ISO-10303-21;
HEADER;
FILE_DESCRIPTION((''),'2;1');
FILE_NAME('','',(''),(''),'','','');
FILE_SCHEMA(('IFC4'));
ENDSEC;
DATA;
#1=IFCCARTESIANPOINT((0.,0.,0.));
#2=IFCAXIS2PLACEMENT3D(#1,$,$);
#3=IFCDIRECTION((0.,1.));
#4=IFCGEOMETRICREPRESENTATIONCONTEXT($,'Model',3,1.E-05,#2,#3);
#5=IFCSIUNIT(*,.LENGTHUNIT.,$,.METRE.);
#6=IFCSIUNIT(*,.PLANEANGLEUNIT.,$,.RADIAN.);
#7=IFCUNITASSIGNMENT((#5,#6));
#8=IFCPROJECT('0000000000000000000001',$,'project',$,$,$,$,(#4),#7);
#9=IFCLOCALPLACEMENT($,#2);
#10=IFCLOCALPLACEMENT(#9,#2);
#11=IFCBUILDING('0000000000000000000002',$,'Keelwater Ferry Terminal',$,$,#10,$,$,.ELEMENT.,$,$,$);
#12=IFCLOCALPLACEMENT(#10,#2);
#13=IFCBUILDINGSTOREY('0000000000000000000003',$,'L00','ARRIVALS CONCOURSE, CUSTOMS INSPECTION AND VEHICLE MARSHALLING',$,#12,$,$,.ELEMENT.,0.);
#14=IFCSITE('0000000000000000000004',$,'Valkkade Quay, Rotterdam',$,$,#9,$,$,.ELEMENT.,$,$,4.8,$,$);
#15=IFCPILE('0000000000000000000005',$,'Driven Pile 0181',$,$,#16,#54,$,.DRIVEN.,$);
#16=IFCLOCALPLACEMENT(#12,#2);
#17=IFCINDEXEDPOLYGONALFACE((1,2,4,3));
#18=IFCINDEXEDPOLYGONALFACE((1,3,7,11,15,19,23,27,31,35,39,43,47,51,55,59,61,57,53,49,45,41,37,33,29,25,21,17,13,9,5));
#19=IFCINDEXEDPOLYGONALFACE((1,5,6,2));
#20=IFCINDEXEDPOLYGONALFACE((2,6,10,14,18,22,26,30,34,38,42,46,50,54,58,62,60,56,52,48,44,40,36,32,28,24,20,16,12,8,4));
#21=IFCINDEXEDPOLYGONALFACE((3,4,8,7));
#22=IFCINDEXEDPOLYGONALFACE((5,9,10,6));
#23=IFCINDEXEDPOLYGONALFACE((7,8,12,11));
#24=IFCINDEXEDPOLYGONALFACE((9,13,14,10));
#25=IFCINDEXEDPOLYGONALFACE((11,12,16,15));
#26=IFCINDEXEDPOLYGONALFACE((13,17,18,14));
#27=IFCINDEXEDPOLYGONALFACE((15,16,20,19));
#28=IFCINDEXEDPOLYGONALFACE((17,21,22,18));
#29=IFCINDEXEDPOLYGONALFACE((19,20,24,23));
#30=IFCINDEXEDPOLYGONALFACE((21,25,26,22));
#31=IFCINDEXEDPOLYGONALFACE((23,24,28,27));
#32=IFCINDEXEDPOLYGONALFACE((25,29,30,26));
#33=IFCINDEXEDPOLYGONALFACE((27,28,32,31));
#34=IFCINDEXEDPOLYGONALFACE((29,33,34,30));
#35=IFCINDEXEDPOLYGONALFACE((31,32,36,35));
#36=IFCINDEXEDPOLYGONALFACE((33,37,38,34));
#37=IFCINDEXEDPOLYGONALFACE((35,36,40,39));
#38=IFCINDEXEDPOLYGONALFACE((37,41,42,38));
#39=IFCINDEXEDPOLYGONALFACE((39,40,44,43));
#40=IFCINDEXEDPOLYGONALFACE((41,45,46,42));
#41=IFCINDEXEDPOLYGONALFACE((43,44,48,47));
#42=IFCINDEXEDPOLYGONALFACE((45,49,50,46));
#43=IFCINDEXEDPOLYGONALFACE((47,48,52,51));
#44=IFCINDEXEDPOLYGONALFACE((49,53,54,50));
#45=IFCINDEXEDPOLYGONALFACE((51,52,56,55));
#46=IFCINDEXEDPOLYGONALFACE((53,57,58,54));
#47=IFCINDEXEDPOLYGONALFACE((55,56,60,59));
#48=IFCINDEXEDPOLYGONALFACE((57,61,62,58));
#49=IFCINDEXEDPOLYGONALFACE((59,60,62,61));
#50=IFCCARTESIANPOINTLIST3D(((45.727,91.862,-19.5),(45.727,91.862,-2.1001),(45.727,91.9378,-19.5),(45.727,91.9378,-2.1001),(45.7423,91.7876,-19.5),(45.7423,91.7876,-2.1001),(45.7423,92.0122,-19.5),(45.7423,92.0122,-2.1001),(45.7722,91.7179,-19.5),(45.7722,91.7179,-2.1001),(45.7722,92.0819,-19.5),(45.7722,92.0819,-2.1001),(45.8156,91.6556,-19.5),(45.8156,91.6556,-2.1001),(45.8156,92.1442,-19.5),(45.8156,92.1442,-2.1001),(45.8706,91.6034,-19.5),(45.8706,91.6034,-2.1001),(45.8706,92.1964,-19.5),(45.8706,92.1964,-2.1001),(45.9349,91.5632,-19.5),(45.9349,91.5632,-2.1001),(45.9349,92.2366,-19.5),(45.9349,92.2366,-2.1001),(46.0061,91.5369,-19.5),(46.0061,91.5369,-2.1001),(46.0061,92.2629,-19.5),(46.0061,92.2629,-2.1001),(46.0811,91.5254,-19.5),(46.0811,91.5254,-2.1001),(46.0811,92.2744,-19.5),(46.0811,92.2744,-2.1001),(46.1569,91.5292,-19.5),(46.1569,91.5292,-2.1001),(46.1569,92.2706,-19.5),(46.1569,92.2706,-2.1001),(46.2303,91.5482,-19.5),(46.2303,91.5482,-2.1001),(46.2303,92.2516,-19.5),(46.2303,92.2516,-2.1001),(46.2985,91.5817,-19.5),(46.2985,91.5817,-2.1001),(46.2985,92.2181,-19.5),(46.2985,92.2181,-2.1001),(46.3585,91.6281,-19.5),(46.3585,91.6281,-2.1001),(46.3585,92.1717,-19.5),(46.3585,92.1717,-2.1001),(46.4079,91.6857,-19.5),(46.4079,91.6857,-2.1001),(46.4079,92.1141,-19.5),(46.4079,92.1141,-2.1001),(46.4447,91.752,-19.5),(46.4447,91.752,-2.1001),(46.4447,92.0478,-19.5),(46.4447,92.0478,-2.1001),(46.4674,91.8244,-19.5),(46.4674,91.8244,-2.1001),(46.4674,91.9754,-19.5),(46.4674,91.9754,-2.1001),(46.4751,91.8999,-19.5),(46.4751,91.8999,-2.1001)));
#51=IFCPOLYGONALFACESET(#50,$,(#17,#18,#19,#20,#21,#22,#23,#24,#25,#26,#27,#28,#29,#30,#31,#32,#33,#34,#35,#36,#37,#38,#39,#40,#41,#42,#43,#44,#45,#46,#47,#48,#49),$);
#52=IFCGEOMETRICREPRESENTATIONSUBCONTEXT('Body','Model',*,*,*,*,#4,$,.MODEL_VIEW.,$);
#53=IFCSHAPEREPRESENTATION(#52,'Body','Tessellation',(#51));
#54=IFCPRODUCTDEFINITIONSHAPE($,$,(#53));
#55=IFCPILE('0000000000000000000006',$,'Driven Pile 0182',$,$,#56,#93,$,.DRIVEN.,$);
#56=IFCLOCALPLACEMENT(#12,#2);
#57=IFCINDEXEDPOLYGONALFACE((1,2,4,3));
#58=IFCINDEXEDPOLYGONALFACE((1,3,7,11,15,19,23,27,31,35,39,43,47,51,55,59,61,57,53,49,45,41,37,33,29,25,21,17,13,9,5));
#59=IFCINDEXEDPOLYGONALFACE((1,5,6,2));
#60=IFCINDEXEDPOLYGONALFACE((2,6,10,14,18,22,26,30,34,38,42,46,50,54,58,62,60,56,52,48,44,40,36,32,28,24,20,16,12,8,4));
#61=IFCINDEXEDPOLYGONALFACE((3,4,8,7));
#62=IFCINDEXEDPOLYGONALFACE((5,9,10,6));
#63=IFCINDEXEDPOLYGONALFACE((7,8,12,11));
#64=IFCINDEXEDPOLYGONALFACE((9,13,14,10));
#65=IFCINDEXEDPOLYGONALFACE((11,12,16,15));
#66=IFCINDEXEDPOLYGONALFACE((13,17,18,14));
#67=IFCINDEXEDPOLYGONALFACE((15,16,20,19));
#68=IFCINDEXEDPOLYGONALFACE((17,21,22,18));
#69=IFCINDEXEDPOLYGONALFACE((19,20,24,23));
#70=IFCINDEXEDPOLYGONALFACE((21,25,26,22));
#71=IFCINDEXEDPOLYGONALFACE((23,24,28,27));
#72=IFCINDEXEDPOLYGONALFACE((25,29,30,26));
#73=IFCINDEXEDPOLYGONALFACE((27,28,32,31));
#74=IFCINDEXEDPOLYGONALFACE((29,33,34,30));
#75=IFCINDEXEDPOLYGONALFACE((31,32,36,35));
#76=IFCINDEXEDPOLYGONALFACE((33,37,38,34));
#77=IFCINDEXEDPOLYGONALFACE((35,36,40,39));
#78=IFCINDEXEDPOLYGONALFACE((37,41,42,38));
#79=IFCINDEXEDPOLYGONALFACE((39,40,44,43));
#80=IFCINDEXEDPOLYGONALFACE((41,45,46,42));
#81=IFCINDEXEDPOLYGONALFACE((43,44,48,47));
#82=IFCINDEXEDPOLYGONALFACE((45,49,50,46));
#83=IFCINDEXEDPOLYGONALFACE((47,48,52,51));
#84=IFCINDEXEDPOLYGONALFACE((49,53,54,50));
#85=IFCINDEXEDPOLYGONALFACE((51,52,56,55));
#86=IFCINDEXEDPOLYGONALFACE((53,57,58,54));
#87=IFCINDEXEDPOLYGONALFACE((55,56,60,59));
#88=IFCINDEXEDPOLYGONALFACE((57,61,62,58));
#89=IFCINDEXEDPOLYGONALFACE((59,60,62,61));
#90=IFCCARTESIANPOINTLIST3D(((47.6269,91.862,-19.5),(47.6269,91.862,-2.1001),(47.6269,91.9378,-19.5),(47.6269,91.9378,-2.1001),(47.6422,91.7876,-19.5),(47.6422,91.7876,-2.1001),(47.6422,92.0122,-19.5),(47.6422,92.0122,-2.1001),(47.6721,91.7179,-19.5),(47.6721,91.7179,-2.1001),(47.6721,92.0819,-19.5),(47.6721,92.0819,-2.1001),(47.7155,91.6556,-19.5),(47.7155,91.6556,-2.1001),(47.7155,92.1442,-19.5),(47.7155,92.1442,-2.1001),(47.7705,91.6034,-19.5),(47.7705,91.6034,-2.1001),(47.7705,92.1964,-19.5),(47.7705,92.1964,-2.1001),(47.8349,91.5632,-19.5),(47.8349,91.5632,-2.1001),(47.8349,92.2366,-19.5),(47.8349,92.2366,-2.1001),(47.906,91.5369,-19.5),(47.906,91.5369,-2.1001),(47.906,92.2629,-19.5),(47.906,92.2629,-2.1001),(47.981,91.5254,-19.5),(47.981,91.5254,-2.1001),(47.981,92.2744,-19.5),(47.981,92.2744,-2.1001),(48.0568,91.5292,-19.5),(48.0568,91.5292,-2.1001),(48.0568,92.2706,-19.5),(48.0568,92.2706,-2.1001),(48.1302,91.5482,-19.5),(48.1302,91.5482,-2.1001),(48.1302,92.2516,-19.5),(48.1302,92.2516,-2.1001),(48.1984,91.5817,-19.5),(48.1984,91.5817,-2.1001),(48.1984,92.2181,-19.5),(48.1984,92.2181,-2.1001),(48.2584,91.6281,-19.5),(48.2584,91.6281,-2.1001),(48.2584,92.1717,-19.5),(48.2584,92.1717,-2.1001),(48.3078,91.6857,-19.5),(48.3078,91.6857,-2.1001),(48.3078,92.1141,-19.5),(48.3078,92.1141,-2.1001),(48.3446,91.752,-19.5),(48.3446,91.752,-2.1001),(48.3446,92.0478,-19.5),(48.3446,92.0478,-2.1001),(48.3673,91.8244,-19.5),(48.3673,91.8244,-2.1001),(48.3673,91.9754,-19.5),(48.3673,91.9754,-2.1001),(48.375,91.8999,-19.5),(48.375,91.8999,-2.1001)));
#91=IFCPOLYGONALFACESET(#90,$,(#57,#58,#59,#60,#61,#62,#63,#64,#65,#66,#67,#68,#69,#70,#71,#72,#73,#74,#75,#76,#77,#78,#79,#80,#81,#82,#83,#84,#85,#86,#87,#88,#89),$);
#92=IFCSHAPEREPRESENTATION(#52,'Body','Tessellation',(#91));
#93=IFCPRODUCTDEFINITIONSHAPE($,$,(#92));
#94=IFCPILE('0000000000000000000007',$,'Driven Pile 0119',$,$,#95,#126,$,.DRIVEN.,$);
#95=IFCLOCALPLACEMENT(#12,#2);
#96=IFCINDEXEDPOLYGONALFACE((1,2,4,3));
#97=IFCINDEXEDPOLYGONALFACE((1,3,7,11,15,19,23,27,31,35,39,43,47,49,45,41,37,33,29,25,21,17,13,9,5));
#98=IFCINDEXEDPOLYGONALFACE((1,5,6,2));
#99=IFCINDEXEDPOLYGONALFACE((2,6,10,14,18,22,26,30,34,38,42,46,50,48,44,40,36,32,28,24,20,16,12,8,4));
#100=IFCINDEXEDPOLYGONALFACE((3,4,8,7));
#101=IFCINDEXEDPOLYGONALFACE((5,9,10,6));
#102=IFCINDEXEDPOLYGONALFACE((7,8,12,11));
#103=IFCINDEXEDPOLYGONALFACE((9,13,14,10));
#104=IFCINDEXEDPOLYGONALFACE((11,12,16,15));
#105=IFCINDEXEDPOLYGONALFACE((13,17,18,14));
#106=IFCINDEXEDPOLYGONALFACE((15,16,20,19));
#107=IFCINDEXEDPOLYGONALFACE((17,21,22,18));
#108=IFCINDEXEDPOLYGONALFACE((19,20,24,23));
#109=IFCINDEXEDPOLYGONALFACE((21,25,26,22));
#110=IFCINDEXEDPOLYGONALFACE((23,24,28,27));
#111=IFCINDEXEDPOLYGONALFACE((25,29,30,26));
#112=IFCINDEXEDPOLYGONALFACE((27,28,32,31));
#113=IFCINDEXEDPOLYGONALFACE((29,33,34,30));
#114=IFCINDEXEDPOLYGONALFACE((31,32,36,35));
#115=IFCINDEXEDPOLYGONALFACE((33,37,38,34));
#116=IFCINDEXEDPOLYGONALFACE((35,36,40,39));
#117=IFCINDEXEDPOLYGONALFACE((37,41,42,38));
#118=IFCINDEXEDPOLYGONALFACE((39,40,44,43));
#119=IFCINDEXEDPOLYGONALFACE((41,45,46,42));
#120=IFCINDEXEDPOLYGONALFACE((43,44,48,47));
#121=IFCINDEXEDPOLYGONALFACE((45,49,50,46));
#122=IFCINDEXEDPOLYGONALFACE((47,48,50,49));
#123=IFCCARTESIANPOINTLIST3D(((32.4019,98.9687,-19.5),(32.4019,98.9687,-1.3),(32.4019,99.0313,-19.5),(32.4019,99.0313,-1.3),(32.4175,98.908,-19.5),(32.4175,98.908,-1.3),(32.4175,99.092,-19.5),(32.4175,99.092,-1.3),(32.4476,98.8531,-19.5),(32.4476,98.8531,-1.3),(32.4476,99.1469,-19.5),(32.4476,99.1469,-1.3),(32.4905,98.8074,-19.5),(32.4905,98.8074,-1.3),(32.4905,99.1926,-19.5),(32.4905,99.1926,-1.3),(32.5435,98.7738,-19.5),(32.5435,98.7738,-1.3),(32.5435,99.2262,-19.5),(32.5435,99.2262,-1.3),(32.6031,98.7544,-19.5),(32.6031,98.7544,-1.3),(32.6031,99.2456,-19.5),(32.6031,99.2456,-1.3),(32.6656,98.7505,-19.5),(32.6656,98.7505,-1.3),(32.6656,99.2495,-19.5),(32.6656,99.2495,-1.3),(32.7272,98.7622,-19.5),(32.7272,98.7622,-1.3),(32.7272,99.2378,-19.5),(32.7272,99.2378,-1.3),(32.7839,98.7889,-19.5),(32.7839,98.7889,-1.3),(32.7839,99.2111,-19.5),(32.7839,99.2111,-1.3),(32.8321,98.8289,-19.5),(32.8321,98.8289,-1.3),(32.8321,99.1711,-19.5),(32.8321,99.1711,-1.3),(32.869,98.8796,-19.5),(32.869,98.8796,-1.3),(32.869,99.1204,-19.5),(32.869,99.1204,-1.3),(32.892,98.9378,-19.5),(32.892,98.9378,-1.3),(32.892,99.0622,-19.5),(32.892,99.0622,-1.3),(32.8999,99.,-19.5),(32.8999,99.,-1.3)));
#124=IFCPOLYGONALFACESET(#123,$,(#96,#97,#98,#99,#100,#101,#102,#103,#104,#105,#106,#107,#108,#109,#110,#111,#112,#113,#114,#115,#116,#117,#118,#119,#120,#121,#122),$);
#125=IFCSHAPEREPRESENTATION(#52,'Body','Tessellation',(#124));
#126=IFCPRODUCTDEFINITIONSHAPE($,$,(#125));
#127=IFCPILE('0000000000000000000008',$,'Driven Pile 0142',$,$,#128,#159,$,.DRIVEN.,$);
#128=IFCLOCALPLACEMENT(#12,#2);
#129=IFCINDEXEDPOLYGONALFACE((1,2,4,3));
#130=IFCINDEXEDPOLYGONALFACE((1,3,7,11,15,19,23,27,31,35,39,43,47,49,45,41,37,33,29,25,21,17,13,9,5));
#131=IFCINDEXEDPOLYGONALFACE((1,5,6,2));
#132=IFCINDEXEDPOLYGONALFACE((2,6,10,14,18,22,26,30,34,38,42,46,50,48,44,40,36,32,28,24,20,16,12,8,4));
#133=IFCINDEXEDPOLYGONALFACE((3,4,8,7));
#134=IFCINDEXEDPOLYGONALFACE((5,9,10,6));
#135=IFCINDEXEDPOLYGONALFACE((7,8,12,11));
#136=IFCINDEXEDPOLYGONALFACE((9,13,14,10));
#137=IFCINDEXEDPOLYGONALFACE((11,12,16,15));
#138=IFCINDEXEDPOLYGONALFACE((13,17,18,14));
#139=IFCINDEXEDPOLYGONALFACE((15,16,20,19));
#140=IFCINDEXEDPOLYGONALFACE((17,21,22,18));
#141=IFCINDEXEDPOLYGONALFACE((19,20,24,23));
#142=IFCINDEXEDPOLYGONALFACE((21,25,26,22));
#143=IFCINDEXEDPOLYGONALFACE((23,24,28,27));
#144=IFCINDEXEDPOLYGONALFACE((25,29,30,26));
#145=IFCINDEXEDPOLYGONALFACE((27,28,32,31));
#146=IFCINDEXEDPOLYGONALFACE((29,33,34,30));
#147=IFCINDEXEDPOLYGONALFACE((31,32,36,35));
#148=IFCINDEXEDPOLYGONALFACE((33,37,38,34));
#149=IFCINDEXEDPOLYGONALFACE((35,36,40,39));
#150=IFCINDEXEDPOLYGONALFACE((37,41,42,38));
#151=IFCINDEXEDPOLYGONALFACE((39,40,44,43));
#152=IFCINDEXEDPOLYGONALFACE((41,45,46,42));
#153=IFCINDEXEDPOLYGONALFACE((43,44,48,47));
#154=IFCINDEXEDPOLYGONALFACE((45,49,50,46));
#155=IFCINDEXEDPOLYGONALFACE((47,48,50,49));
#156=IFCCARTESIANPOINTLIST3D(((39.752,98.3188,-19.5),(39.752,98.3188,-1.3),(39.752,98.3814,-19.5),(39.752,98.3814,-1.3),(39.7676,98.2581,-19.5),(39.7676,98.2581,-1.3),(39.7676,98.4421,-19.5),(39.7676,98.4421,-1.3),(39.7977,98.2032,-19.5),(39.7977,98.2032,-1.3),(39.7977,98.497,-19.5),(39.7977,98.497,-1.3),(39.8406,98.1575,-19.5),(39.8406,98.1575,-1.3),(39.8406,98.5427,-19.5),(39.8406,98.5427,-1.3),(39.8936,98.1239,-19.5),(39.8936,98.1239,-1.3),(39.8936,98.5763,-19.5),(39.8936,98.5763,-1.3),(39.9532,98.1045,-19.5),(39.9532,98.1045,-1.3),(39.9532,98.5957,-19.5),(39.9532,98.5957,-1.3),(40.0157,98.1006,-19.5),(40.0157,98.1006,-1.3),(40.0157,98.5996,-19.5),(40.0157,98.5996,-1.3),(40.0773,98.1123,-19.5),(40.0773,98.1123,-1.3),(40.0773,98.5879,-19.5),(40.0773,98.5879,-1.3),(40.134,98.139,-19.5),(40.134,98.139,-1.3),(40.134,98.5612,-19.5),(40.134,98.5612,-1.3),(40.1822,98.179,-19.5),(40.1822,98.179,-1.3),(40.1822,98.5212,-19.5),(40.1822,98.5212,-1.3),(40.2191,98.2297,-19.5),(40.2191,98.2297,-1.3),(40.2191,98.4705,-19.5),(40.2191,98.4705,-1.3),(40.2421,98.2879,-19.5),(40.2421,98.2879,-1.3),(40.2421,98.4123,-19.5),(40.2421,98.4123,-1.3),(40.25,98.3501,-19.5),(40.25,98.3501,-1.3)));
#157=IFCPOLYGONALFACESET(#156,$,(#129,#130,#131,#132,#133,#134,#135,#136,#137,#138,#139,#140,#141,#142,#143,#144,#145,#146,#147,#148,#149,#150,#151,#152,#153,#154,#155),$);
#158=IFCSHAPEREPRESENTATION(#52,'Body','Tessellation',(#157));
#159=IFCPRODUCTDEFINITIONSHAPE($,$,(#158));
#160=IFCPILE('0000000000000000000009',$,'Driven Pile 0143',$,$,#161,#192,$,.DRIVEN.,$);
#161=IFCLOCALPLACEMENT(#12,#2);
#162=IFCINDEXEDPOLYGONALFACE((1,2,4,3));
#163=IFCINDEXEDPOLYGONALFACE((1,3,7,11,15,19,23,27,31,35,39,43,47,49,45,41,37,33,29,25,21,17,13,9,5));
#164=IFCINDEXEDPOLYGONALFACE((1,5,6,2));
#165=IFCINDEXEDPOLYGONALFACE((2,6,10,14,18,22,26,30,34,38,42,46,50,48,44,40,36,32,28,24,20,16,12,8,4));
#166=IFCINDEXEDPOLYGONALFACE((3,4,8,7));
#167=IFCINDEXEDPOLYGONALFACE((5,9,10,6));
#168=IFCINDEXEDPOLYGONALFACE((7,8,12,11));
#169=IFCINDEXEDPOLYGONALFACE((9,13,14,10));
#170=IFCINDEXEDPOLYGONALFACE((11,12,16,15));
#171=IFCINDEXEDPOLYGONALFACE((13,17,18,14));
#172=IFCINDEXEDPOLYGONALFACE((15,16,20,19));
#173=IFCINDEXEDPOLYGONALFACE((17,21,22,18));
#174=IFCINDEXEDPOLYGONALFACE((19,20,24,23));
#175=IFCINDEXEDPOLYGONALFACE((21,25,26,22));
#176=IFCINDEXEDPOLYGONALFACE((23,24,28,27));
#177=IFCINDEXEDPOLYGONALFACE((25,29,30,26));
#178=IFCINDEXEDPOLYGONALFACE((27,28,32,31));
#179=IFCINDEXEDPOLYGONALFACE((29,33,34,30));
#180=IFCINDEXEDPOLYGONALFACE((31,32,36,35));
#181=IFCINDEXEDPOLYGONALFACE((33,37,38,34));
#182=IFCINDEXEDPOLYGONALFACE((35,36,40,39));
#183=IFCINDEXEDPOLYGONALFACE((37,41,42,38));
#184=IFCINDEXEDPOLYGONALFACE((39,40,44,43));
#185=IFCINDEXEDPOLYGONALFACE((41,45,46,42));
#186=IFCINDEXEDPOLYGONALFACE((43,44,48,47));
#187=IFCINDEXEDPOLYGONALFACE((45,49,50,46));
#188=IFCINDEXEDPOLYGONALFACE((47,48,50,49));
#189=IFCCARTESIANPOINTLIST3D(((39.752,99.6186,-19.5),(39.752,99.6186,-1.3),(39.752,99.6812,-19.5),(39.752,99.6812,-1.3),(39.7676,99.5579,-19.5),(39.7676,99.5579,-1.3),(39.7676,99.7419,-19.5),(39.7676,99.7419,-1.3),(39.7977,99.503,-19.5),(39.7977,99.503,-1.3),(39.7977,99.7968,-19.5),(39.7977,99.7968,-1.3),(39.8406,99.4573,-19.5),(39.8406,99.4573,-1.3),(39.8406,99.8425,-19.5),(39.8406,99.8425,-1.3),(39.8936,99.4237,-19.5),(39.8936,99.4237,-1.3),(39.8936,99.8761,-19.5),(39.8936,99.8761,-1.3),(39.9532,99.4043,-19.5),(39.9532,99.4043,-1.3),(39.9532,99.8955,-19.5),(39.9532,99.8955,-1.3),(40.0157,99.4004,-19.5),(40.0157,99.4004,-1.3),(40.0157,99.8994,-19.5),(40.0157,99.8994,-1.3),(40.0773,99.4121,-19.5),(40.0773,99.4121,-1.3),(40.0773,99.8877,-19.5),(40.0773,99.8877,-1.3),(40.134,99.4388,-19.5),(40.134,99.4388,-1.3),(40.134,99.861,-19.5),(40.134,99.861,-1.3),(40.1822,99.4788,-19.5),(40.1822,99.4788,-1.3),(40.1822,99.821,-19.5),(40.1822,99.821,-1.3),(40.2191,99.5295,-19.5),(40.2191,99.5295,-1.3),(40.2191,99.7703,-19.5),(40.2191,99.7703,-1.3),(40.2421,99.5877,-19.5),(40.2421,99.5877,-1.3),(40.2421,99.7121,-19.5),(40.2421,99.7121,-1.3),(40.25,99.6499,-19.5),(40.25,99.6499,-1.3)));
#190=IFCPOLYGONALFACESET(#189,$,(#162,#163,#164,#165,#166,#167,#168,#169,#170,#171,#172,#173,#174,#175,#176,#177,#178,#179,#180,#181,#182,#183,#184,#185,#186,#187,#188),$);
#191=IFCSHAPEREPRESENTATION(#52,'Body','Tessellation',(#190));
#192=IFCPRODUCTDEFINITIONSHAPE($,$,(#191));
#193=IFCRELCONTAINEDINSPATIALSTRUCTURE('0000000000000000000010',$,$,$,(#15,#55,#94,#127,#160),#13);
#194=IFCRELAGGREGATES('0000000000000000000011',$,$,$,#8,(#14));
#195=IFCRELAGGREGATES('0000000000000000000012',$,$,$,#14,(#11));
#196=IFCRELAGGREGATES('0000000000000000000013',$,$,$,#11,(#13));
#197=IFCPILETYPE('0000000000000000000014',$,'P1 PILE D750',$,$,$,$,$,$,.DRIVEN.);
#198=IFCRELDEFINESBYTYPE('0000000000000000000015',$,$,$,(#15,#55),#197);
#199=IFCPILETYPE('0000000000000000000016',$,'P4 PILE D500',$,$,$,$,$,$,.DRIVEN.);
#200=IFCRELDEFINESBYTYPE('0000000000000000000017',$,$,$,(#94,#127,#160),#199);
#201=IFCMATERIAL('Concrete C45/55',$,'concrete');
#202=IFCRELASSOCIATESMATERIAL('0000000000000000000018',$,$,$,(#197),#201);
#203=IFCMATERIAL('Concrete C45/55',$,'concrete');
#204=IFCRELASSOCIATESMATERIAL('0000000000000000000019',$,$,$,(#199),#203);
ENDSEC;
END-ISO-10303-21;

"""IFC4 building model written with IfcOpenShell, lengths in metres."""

from ifc_helpers import new_model, si_unit, direction, frame, origin, origin_2d, place, context, subcontext, project, spatial, circle, extrude, material, material_profile, profile_set, type_object, element, save


model = new_model("IFC4")

# Units and contexts
model_context = context("Model", 3, precision=1e-05, world=origin(), true_north=direction((0.0, 1.0)))
body_context = subcontext(model_context, "Body", "Model", "MODEL_VIEW")
ifc_project = project(units=[si_unit("LENGTHUNIT", "METRE"), si_unit("PLANEANGLEUNIT", "RADIAN")], contexts=[model_context])

# Site, building, storey
site_placement = place(None, origin())
site = spatial("IfcSite", under=ifc_project, at=site_placement, Name="Valkkade Quay, Rotterdam", CompositionType="ELEMENT", RefElevation=4.8)
building_placement = place(site_placement, origin())
building = spatial("IfcBuilding", under=site, at=building_placement, Name="Keelwater Ferry Terminal", CompositionType="ELEMENT")
storey_placement = place(building_placement, origin())
storey = spatial("IfcBuildingStorey", under=building, at=storey_placement, Name="L00", Description="ARRIVALS CONCOURSE, CUSTOMS INSPECTION AND VEHICLE MARSHALLING", CompositionType="ELEMENT", Elevation=0.0)

# Piles
ifc_material_1 = material(Name="Concrete C45/55", Category="concrete")
ifc_material_profile_1 = material_profile(ifc_material_1, circle(Radius=0.375, at=origin_2d()), Name="PILE D750")
ifc_profile_set_1 = profile_set([ifc_material_profile_1], Name="Concrete C45/55")
pile_type_1 = type_object("IfcPileType", Name="P1 PILE D750", PredefinedType="DRIVEN", material=ifc_profile_set_1)
for number, where, z_axis, x_axis, name in (
    (1, (46.1001, 91.8999, -2.1001), (0.0, 0.0, -1.0), (1.0, 0.0, 0.0), "Driven Pile 0181"),
    (2, (48.0, 91.8999, -2.1001), (0.0, 0.0, -1.0), (1.0, 0.0, 0.0), "Driven Pile 0182"),
):
    element("IfcPile", number, at=place(storey_placement, frame(where, z_axis=z_axis, x_axis=x_axis)), inside=storey, type_object=pile_type_1, Name=name, PredefinedType="DRIVEN", context=body_context, shape_type="SweptSolid", body=[
        extrude(circle(Radius=0.375, at=origin_2d()), origin(), (0.0, 0.0, 1.0), 17.3999),
    ])
ifc_material_2 = material(Name="Concrete C45/55", Category="concrete")
ifc_material_profile_2 = material_profile(ifc_material_2, circle(Radius=0.25, at=origin_2d()), Name="PILE D500")
ifc_profile_set_2 = profile_set([ifc_material_profile_2], Name="Concrete C45/55")
pile_type_2 = type_object("IfcPileType", Name="P4 PILE D500", PredefinedType="DRIVEN", material=ifc_profile_set_2)
for number, where, z_axis, x_axis, name in (
    (3, (32.6499, 99.0, -1.3), (0.0, 0.0, -1.0), (1.0, 0.0, 0.0), "Driven Pile 0119"),
    (4, (40.0, 98.3501, -1.3), (0.0, 0.0, -1.0), (1.0, 0.0, 0.0), "Driven Pile 0142"),
    (5, (40.0, 99.6499, -1.3), (0.0, 0.0, -1.0), (1.0, 0.0, 0.0), "Driven Pile 0143"),
):
    element("IfcPile", number, at=place(storey_placement, frame(where, z_axis=z_axis, x_axis=x_axis)), inside=storey, type_object=pile_type_2, Name=name, PredefinedType="DRIVEN", context=body_context, shape_type="SweptSolid", body=[
        extrude(circle(Radius=0.25, at=origin_2d()), origin(), (0.0, 0.0, 1.0), 18.2),
    ])

save(model, "model.ifc")
